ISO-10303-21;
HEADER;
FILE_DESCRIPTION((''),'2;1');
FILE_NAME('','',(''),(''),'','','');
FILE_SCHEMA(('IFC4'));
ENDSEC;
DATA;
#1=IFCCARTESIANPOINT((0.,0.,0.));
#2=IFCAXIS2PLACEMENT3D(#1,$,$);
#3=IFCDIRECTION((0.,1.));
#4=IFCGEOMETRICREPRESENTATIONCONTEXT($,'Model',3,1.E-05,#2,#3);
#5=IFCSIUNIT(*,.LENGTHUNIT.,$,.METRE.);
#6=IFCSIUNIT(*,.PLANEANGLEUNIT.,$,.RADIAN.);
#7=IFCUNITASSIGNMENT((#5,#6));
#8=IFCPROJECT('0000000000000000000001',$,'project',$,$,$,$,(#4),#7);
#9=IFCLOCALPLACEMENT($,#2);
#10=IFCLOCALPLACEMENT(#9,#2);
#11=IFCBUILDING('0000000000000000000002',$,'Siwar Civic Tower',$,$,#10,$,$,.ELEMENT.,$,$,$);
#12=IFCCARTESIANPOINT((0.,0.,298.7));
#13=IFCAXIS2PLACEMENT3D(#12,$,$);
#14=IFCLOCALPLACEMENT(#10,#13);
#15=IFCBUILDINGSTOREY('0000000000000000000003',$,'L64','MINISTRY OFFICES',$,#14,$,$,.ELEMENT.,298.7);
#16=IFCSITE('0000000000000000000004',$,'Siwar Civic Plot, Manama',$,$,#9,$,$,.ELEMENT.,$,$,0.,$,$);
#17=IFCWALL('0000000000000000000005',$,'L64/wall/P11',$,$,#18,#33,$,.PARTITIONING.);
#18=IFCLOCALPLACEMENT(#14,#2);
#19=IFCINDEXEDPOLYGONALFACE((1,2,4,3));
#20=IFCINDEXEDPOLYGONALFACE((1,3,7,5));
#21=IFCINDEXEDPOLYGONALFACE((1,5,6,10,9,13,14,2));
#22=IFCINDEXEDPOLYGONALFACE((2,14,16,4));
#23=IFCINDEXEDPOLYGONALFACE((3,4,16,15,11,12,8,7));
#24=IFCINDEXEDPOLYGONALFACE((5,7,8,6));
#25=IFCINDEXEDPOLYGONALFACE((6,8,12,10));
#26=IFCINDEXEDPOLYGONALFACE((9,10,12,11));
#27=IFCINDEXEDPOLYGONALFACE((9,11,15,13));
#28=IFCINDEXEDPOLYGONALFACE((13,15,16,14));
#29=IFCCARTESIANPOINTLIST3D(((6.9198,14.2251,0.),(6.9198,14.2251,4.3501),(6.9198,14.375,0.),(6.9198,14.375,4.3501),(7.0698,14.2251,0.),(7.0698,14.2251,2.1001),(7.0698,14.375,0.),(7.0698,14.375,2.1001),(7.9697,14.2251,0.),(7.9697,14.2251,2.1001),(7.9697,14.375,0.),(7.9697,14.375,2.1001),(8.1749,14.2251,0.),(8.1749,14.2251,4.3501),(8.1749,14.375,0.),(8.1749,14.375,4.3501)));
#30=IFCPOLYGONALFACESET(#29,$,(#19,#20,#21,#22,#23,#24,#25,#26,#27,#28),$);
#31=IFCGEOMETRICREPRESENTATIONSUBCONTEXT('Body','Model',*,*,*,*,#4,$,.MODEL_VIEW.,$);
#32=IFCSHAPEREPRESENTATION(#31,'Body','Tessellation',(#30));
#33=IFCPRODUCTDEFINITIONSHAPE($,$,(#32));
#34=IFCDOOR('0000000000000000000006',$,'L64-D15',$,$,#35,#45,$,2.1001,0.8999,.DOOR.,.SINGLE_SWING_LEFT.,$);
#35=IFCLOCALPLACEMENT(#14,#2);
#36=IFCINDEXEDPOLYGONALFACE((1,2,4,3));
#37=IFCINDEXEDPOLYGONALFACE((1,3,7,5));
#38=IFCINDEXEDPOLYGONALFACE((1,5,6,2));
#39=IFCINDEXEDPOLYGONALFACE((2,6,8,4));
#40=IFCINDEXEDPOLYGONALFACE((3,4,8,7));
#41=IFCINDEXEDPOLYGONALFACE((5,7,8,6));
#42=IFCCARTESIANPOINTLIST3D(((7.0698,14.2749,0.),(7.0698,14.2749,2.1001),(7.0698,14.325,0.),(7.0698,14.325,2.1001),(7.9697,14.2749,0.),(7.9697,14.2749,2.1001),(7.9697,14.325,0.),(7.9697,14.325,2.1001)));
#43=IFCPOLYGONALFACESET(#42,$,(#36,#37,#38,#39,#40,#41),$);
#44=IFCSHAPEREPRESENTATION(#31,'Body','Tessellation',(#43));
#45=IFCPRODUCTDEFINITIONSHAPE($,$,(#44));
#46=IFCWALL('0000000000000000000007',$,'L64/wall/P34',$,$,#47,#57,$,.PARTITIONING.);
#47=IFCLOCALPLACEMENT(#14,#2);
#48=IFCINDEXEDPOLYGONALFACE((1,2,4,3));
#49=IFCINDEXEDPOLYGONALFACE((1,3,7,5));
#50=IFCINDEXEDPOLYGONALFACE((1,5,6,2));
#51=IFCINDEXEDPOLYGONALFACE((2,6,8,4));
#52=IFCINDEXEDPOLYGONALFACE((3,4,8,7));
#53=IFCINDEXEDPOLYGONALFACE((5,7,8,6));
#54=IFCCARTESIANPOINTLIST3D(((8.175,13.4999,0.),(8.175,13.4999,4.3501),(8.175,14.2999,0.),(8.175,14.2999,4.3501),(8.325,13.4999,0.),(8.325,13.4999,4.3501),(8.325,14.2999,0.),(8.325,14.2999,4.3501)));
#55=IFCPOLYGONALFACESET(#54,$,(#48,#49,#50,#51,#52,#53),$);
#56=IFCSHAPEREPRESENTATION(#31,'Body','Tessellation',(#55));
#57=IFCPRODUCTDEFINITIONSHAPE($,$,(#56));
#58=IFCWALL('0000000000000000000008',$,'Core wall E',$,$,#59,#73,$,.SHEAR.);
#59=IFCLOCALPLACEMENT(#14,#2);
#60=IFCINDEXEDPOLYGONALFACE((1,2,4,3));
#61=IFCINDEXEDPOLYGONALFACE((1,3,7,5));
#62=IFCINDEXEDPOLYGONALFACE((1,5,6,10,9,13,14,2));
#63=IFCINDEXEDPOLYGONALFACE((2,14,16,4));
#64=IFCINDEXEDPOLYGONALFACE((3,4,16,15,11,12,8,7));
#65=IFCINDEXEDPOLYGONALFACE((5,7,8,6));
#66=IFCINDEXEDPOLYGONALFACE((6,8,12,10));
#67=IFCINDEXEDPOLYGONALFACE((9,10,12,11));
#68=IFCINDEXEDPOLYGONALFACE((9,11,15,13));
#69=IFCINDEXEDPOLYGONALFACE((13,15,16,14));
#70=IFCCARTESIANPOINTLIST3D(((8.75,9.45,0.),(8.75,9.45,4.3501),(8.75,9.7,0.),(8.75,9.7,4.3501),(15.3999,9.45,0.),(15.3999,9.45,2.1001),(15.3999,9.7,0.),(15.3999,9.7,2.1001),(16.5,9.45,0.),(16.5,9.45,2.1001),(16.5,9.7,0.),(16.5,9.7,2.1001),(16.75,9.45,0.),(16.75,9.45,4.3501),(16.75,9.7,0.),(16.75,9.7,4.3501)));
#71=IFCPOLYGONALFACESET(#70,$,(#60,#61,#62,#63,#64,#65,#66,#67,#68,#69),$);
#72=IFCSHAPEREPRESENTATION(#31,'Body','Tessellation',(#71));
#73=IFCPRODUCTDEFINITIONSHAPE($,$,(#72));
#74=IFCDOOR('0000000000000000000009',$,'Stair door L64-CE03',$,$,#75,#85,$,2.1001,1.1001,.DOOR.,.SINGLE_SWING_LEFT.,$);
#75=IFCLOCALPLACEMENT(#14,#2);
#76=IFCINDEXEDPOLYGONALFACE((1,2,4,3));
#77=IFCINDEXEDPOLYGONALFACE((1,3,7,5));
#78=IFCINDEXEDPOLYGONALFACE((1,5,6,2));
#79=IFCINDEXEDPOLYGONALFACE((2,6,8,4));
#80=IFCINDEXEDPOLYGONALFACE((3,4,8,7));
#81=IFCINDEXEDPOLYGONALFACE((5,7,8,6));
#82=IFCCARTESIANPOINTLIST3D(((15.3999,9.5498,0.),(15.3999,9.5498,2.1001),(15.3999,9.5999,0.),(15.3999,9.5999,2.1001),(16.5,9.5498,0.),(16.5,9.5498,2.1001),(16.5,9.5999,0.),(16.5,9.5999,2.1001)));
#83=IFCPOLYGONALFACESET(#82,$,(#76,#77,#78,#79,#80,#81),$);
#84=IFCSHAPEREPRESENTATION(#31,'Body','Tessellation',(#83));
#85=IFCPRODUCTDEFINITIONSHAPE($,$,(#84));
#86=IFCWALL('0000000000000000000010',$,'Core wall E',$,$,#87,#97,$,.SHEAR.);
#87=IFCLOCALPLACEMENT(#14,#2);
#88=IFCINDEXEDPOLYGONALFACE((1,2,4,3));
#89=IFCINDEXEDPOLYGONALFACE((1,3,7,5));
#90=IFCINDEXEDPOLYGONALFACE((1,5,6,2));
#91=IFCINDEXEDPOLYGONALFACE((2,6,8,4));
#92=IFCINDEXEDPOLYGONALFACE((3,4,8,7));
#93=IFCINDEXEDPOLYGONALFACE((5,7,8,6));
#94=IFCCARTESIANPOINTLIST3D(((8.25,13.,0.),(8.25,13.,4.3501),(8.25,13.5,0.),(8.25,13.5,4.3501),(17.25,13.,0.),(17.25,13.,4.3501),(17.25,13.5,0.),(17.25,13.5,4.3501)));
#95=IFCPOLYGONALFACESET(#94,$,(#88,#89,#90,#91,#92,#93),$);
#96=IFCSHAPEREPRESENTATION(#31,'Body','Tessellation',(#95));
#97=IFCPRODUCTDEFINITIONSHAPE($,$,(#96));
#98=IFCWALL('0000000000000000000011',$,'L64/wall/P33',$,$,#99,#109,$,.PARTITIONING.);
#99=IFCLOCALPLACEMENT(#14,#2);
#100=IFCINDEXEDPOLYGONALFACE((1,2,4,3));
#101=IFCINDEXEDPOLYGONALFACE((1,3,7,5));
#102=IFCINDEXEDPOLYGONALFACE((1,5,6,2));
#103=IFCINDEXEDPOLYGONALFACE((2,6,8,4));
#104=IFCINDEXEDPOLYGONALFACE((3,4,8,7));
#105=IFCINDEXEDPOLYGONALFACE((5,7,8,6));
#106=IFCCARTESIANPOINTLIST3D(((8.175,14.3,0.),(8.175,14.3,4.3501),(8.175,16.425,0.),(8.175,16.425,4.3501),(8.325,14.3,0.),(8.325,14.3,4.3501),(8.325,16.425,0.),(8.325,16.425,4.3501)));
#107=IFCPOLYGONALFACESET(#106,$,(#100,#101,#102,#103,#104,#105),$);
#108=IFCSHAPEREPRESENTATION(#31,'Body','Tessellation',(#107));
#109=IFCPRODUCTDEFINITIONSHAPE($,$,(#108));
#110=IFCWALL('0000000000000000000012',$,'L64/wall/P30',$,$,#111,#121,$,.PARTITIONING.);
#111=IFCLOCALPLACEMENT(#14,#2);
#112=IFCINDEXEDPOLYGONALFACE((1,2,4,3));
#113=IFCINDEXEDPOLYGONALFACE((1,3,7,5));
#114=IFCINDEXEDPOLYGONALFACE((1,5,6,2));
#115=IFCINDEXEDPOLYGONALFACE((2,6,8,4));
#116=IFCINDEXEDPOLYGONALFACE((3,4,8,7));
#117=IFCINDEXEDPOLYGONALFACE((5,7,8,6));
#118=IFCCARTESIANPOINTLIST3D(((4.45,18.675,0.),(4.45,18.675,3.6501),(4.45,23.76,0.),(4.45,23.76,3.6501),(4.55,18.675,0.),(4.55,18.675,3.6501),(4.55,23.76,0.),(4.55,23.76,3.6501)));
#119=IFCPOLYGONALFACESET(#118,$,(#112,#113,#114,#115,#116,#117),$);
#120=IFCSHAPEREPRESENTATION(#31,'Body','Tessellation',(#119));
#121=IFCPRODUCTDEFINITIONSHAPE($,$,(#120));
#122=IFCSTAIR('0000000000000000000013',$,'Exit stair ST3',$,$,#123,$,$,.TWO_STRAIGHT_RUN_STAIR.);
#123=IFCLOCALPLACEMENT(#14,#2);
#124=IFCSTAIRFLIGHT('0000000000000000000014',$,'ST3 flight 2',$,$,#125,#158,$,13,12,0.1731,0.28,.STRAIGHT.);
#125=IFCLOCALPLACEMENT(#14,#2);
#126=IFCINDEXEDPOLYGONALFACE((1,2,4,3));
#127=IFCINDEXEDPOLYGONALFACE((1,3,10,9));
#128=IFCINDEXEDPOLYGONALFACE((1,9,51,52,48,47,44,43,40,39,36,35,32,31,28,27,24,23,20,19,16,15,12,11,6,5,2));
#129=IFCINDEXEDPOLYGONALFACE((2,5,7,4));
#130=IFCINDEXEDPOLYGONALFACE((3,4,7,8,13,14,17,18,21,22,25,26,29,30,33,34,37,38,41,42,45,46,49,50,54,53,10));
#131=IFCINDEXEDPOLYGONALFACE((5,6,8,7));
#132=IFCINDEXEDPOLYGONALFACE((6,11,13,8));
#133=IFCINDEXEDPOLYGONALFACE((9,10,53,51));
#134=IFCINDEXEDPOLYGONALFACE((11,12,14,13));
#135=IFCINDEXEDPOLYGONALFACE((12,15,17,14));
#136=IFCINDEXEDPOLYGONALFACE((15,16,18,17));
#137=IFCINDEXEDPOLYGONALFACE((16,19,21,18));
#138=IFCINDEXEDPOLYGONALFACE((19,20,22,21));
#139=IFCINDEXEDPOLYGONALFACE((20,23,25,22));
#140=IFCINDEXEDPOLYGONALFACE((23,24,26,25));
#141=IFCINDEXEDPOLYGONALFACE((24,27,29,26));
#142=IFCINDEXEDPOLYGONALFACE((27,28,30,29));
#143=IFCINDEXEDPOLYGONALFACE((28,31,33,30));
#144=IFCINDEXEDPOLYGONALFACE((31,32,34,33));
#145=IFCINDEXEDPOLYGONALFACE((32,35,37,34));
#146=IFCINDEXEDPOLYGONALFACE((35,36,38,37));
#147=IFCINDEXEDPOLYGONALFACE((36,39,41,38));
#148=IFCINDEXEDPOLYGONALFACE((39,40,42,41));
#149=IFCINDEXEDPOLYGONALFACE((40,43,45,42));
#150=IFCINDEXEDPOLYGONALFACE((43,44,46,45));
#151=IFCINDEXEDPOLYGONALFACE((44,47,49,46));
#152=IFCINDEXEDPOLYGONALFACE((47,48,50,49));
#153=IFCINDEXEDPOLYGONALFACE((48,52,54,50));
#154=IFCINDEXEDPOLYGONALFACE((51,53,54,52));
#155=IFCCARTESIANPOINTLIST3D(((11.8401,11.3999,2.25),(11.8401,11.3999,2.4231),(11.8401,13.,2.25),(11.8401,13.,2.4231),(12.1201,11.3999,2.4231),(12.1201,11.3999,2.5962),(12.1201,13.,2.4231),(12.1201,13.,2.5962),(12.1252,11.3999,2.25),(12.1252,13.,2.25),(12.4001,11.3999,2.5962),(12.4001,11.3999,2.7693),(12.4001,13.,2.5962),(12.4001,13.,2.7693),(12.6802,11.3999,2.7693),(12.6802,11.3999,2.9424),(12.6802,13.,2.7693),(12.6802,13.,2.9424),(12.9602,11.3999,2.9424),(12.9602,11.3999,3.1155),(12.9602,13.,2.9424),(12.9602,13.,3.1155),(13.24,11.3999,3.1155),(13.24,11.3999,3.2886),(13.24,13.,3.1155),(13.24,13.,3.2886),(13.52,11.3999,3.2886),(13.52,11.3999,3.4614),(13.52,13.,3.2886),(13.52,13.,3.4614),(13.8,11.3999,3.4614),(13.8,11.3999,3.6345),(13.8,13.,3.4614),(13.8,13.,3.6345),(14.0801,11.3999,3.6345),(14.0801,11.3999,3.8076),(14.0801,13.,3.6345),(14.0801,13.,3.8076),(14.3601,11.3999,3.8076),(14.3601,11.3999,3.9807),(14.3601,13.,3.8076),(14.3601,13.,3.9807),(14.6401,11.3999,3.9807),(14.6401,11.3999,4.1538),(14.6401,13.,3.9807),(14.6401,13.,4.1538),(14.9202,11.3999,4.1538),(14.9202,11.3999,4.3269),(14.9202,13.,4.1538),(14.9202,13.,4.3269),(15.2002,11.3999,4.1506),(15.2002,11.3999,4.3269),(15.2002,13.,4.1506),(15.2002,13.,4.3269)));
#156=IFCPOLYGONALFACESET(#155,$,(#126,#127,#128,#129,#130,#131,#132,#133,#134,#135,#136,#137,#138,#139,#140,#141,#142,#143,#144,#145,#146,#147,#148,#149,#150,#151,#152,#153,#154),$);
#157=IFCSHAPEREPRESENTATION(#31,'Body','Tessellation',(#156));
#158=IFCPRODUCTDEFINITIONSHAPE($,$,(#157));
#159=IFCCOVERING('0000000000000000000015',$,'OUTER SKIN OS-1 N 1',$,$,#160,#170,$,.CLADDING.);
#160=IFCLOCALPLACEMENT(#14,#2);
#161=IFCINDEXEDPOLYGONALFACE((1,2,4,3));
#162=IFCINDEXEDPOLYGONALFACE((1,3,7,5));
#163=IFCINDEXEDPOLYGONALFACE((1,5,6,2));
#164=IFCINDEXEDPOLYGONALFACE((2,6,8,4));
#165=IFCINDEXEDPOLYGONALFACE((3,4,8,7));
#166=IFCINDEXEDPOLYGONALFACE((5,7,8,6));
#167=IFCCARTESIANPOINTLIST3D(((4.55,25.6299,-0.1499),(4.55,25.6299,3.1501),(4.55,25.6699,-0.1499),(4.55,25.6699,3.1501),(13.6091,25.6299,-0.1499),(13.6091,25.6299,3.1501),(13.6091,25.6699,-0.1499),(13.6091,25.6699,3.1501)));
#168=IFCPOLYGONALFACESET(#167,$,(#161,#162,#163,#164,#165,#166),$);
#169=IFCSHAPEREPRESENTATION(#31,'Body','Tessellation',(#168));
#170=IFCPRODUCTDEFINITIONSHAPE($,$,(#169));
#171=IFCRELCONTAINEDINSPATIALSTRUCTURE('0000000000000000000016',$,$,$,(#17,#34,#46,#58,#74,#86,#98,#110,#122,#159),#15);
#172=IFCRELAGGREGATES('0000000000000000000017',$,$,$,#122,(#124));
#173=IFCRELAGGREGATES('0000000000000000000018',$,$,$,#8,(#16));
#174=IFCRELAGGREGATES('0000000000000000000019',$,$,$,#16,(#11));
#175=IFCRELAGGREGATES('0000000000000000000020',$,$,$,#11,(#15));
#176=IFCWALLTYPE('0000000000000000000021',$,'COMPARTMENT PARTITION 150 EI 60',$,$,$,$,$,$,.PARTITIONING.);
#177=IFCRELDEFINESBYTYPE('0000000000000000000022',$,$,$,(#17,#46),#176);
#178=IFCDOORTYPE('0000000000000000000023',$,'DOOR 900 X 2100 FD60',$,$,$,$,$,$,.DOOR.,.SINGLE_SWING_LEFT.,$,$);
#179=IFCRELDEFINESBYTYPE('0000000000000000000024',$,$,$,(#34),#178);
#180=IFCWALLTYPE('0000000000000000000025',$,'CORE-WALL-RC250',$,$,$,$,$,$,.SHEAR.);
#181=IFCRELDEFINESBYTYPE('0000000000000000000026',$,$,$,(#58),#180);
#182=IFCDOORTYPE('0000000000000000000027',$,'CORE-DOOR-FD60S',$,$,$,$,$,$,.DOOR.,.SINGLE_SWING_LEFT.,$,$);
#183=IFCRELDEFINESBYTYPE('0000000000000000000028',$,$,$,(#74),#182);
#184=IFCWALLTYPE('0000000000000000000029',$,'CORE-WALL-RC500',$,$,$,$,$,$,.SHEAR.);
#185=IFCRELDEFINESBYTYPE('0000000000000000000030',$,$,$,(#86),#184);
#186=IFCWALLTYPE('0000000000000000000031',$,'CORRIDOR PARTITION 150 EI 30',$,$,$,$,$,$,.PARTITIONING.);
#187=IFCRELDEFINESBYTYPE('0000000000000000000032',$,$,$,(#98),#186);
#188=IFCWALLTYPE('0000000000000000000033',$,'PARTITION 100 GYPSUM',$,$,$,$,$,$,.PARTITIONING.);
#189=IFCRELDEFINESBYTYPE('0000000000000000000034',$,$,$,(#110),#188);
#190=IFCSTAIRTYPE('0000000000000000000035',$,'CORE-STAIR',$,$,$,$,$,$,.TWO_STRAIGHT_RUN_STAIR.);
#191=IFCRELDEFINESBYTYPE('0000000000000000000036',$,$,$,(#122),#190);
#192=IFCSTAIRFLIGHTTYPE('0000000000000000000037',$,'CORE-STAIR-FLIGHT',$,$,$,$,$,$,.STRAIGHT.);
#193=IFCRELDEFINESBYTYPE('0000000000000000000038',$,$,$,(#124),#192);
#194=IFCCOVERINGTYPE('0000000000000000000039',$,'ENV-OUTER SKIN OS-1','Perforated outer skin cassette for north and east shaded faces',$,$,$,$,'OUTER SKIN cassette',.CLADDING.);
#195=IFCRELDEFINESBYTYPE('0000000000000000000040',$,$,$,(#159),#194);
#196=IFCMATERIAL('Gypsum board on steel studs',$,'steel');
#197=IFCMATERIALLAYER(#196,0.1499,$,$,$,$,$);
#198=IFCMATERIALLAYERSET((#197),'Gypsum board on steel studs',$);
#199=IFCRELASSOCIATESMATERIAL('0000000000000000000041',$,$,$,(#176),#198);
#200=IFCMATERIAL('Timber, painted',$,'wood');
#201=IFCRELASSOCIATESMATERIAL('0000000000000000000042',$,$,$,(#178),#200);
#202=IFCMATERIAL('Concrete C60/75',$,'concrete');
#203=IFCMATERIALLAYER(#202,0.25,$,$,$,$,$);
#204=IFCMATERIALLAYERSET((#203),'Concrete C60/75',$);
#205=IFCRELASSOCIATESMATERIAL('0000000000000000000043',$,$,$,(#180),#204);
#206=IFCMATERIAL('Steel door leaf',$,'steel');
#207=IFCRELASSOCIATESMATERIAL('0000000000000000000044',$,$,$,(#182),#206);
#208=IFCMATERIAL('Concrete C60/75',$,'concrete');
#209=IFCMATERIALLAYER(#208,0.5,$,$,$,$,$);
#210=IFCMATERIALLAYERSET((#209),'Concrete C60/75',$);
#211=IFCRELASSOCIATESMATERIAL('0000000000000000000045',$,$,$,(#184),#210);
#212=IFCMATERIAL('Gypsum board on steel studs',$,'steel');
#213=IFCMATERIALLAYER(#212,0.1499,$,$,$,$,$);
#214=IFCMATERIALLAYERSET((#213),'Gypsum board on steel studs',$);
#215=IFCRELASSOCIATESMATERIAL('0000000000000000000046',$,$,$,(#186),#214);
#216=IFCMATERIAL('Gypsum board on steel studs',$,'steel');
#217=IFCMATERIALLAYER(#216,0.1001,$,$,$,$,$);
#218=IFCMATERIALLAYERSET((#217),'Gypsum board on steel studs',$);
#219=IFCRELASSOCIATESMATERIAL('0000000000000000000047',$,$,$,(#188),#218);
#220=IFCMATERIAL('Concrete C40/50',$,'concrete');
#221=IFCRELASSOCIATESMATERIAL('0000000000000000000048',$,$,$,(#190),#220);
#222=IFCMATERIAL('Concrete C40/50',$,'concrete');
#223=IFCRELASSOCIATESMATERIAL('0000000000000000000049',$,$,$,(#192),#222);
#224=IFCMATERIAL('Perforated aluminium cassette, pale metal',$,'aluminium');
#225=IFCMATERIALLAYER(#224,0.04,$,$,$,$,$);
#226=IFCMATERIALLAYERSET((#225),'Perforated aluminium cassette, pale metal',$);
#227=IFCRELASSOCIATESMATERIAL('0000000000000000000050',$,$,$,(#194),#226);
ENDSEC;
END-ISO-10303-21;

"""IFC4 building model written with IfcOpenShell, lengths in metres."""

from ifc_helpers import new_model, si_unit, direction, frame, frame_2d, origin, origin_2d, place, context, subcontext, project, spatial, polyline, rectangle, outline, extrude, material, layer, layer_set, type_object, element, fill, aggregate, save


model = new_model("IFC4")

# Units and contexts
model_context = context("Model", 3, precision=1e-05, world=origin(), true_north=direction((0.0, 1.0)))
body_context = subcontext(model_context, "Body", "Model", "MODEL_VIEW")
ifc_project = project(units=[si_unit("LENGTHUNIT", "METRE"), si_unit("PLANEANGLEUNIT", "RADIAN")], contexts=[model_context])

# Site, building, storey
site_placement = place(None, origin())
site = spatial("IfcSite", under=ifc_project, at=site_placement, Name="Siwar Civic Plot, Manama", CompositionType="ELEMENT", RefElevation=0.0)
building_placement = place(site_placement, origin())
building = spatial("IfcBuilding", under=site, at=building_placement, Name="Siwar Civic Tower", CompositionType="ELEMENT")
storey_placement = place(building_placement, frame((0.0, 0.0, 298.7)))
storey = spatial("IfcBuildingStorey", under=building, at=storey_placement, Name="L64", Description="MINISTRY OFFICES", CompositionType="ELEMENT", Elevation=298.7)

# Wall, opening, door
ifc_material_1 = material(Name="Gypsum board on steel studs", Category="steel")
ifc_layer_1 = layer(ifc_material_1, 0.1499)
ifc_layer_set_1 = layer_set([ifc_layer_1], Name="Gypsum board on steel studs")
wall_type_1 = type_object("IfcWallType", Name="COMPARTMENT PARTITION 150 EI 60", PredefinedType="PARTITIONING", material=ifc_layer_set_1)
wall_1_placement = place(storey_placement, frame((6.9199, 14.3, 0.0), z_axis=(0.0, 0.0, 1.0), x_axis=(1.0, 0.0, 0.0)))
wall_1 = element("IfcWall", 1, at=wall_1_placement, inside=storey, type_object=wall_type_1, Name="L64/wall/P11", PredefinedType="PARTITIONING", context=body_context, shape_type="SweptSolid", body=[
    extrude(rectangle(XDim=1.2551, YDim=0.1499, at=frame_2d((0.6274, 0.0))), origin(), (0.0, 0.0, 1.0), 4.3501),
])
opening_1_placement = place(wall_1_placement, frame((0.1499, 0.0, 0.0)))
opening_1 = element("IfcOpeningElement", 2, at=opening_1_placement, cuts=wall_1, PredefinedType="OPENING", context=body_context, shape_type="SweptSolid", body=[
    extrude(rectangle(XDim=0.8999, YDim=2.1001, at=frame_2d((0.45, 1.05))), frame((0.0, 0.085, 0.0), z_axis=(0.0, -1.0, 0.0), x_axis=(1.0, 0.0, 0.0)), (0.0, 0.0, 1.0), 0.1699),
])
ifc_material_2 = material(Name="Timber, painted", Category="wood")
door_type_1 = type_object("IfcDoorType", Name="DOOR 900 X 2100 FD60", OperationType="SINGLE_SWING_LEFT", PredefinedType="DOOR", material=ifc_material_2)
door_1_placement = place(opening_1_placement, origin())
door_1 = element("IfcDoor", 3, at=door_1_placement, inside=storey, type_object=door_type_1, Name="L64-D15", OperationType="SINGLE_SWING_LEFT", OverallHeight=2.1001, OverallWidth=0.8999, PredefinedType="DOOR", context=body_context, shape_type="SweptSolid", body=[
    extrude(rectangle(XDim=0.8999, YDim=2.1001, at=frame_2d((0.45, 1.05))), frame((0.0, 0.0249, 0.0), z_axis=(0.0, -1.0, 0.0), x_axis=(1.0, 0.0, 0.0)), (0.0, 0.0, 1.0), 0.05),
])
fill(opening_1, door_1)

# Wall
wall_2_placement = place(storey_placement, frame((8.25, 13.5, 0.0), z_axis=(0.0, 0.0, 1.0), x_axis=(0.0, 1.0, 0.0)))
element("IfcWall", 4, at=wall_2_placement, inside=storey, type_object=wall_type_1, Name="L64/wall/P34", PredefinedType="PARTITIONING", context=body_context, shape_type="SweptSolid", body=[
    extrude(rectangle(XDim=0.8, YDim=0.1499, at=frame_2d((0.3999, 0.0))), origin(), (0.0, 0.0, 1.0), 4.3501),
])

# Wall, opening, door
ifc_material_3 = material(Name="Concrete C60/75", Category="concrete")
ifc_layer_2 = layer(ifc_material_3, 0.25)
ifc_layer_set_2 = layer_set([ifc_layer_2], Name="Concrete C60/75")
wall_type_2 = type_object("IfcWallType", Name="CORE-WALL-RC250", PredefinedType="SHEAR", material=ifc_layer_set_2)
wall_3_placement = place(storey_placement, frame((8.75, 9.575, 0.0), z_axis=(0.0, 0.0, 1.0), x_axis=(1.0, 0.0, 0.0)))
wall_3 = element("IfcWall", 5, at=wall_3_placement, inside=storey, type_object=wall_type_2, Name="Core wall E", PredefinedType="SHEAR", context=body_context, shape_type="SweptSolid", body=[
    extrude(rectangle(XDim=8.0, YDim=0.25, at=frame_2d((4.0, 0.0))), origin(), (0.0, 0.0, 1.0), 4.3501),
])
opening_2_placement = place(wall_3_placement, frame((6.6499, 0.0, 0.0)))
opening_2 = element("IfcOpeningElement", 6, at=opening_2_placement, cuts=wall_3, PredefinedType="OPENING", context=body_context, shape_type="SweptSolid", body=[
    extrude(rectangle(XDim=1.1001, YDim=2.1001, at=frame_2d((0.55, 1.05))), frame((0.0, 0.135, 0.0), z_axis=(0.0, -1.0, 0.0), x_axis=(1.0, 0.0, 0.0)), (0.0, 0.0, 1.0), 0.27),
])
ifc_material_4 = material(Name="Steel door leaf", Category="steel")
door_type_2 = type_object("IfcDoorType", Name="CORE-DOOR-FD60S", OperationType="SINGLE_SWING_LEFT", PredefinedType="DOOR", material=ifc_material_4)
door_2_placement = place(opening_2_placement, origin())
door_2 = element("IfcDoor", 7, at=door_2_placement, inside=storey, type_object=door_type_2, Name="Stair door L64-CE03", OperationType="SINGLE_SWING_LEFT", OverallHeight=2.1001, OverallWidth=1.1001, PredefinedType="DOOR", context=body_context, shape_type="SweptSolid", body=[
    extrude(rectangle(XDim=1.1001, YDim=2.1001, at=frame_2d((0.55, 1.05))), frame((0.0, 0.0249, 0.0), z_axis=(0.0, -1.0, 0.0), x_axis=(1.0, 0.0, 0.0)), (0.0, 0.0, 1.0), 0.05),
])
fill(opening_2, door_2)

# Walls
ifc_material_5 = material(Name="Concrete C60/75", Category="concrete")
ifc_layer_3 = layer(ifc_material_5, 0.5)
ifc_layer_set_3 = layer_set([ifc_layer_3], Name="Concrete C60/75")
wall_type_3 = type_object("IfcWallType", Name="CORE-WALL-RC500", PredefinedType="SHEAR", material=ifc_layer_set_3)
wall_4_placement = place(storey_placement, frame((8.25, 13.25, 0.0), z_axis=(0.0, 0.0, 1.0), x_axis=(1.0, 0.0, 0.0)))
element("IfcWall", 8, at=wall_4_placement, inside=storey, type_object=wall_type_3, Name="Core wall E", PredefinedType="SHEAR", context=body_context, shape_type="SweptSolid", body=[
    extrude(rectangle(XDim=9.0, YDim=0.5, at=frame_2d((4.5, 0.0))), origin(), (0.0, 0.0, 1.0), 4.3501),
])
ifc_material_6 = material(Name="Gypsum board on steel studs", Category="steel")
ifc_layer_4 = layer(ifc_material_6, 0.1499)
ifc_layer_set_4 = layer_set([ifc_layer_4], Name="Gypsum board on steel studs")
wall_type_4 = type_object("IfcWallType", Name="CORRIDOR PARTITION 150 EI 30", PredefinedType="PARTITIONING", material=ifc_layer_set_4)
wall_5_placement = place(storey_placement, frame((8.25, 14.3, 0.0), z_axis=(0.0, 0.0, 1.0), x_axis=(0.0, 1.0, 0.0)))
element("IfcWall", 9, at=wall_5_placement, inside=storey, type_object=wall_type_4, Name="L64/wall/P33", PredefinedType="PARTITIONING", context=body_context, shape_type="SweptSolid", body=[
    extrude(rectangle(XDim=2.125, YDim=0.1499, at=frame_2d((1.0625, 0.0))), origin(), (0.0, 0.0, 1.0), 4.3501),
])
ifc_material_7 = material(Name="Gypsum board on steel studs", Category="steel")
ifc_layer_5 = layer(ifc_material_7, 0.1001)
ifc_layer_set_5 = layer_set([ifc_layer_5], Name="Gypsum board on steel studs")
wall_type_5 = type_object("IfcWallType", Name="PARTITION 100 GYPSUM", PredefinedType="PARTITIONING", material=ifc_layer_set_5)
wall_6_placement = place(storey_placement, frame((4.5, 18.675, 0.0), z_axis=(0.0, 0.0, 1.0), x_axis=(0.0, 1.0, 0.0)))
element("IfcWall", 10, at=wall_6_placement, inside=storey, type_object=wall_type_5, Name="L64/wall/P30", PredefinedType="PARTITIONING", context=body_context, shape_type="SweptSolid", body=[
    extrude(rectangle(XDim=5.085, YDim=0.1001, at=frame_2d((2.5425, 0.0))), origin(), (0.0, 0.0, 1.0), 3.6501),
])

# Stair, stair flight
ifc_material_8 = material(Name="Concrete C40/50", Category="concrete")
stair_type = type_object("IfcStairType", Name="CORE-STAIR", PredefinedType="TWO_STRAIGHT_RUN_STAIR", material=ifc_material_8)
stair_placement = place(storey_placement, origin())
stair = element("IfcStair", 11, at=stair_placement, inside=storey, type_object=stair_type, Name="Exit stair ST3", PredefinedType="TWO_STRAIGHT_RUN_STAIR")
ifc_material_9 = material(Name="Concrete C40/50", Category="concrete")
stair_flight_type = type_object("IfcStairFlightType", Name="CORE-STAIR-FLIGHT", PredefinedType="STRAIGHT", material=ifc_material_9)
stair_flight_placement = place(storey_placement, frame((11.8401, 12.2, 2.25), z_axis=(0.0, 0.0, 1.0), x_axis=(1.0, 0.0, 0.0)))
stair_flight = element("IfcStairFlight", 12, at=stair_flight_placement, type_object=stair_flight_type, Name="ST3 flight 2", NumberOfRisers=13, NumberOfTreads=12, PredefinedType="STRAIGHT", RiserHeight=0.1731, TreadLength=0.28, context=body_context, shape_type="SweptSolid", body=[
    extrude(outline(polyline([(0.0, 0.0), (0.0, 0.1731), (0.28, 0.1731), (0.28, 0.3462), (0.5601, 0.3462), (0.5601, 0.5193), (0.8401, 0.5193), (0.8401, 0.6924), (1.1201, 0.6924), (1.1201, 0.8655), (1.3999, 0.8655), (1.3999, 1.0386), (1.6799, 1.0386), (1.6799, 1.2114), (1.96, 1.2114), (1.96, 1.3845), (2.24, 1.3845), (2.24, 1.5576), (2.52, 1.5576), (2.52, 1.7307), (2.8, 1.7307), (2.8, 1.9038), (3.0801, 1.9038), (3.0801, 2.0769), (3.3601, 2.0769), (3.3601, 2.25), (3.3601, 1.9006), (0.2852, 0.0), (0.0, 0.0)])), frame((0.0, 0.8, 0.0), z_axis=(0.0, -1.0, 0.0), x_axis=(1.0, 0.0, 0.0)), (0.0, 0.0, 1.0), 1.6001),
])
aggregate(stair, [stair_flight])

# Covering
ifc_material_10 = material(Name="Perforated aluminium cassette, pale metal", Category="aluminium")
ifc_layer_6 = layer(ifc_material_10, 0.04)
ifc_layer_set_6 = layer_set([ifc_layer_6], Name="Perforated aluminium cassette, pale metal")
covering_type = type_object("IfcCoveringType", Name="ENV-OUTER SKIN OS-1", Description="Perforated outer skin cassette for north and east shaded faces", ElementType="OUTER SKIN cassette", PredefinedType="CLADDING", material=ifc_layer_set_6)
covering_1_placement = place(storey_placement, frame((9.0796, 25.6499, -0.1499), z_axis=(0.0, 0.0, 1.0), x_axis=(-1.0, 0.0, 0.0)))
element("IfcCovering", 13, at=covering_1_placement, inside=storey, type_object=covering_type, Name="OUTER SKIN OS-1 N 1", PredefinedType="CLADDING", context=body_context, shape_type="SweptSolid", body=[
    extrude(rectangle(XDim=9.0591, YDim=0.04, at=origin_2d()), origin(), (0.0, 0.0, 1.0), 3.3),
])

save(model, "model.ifc")
